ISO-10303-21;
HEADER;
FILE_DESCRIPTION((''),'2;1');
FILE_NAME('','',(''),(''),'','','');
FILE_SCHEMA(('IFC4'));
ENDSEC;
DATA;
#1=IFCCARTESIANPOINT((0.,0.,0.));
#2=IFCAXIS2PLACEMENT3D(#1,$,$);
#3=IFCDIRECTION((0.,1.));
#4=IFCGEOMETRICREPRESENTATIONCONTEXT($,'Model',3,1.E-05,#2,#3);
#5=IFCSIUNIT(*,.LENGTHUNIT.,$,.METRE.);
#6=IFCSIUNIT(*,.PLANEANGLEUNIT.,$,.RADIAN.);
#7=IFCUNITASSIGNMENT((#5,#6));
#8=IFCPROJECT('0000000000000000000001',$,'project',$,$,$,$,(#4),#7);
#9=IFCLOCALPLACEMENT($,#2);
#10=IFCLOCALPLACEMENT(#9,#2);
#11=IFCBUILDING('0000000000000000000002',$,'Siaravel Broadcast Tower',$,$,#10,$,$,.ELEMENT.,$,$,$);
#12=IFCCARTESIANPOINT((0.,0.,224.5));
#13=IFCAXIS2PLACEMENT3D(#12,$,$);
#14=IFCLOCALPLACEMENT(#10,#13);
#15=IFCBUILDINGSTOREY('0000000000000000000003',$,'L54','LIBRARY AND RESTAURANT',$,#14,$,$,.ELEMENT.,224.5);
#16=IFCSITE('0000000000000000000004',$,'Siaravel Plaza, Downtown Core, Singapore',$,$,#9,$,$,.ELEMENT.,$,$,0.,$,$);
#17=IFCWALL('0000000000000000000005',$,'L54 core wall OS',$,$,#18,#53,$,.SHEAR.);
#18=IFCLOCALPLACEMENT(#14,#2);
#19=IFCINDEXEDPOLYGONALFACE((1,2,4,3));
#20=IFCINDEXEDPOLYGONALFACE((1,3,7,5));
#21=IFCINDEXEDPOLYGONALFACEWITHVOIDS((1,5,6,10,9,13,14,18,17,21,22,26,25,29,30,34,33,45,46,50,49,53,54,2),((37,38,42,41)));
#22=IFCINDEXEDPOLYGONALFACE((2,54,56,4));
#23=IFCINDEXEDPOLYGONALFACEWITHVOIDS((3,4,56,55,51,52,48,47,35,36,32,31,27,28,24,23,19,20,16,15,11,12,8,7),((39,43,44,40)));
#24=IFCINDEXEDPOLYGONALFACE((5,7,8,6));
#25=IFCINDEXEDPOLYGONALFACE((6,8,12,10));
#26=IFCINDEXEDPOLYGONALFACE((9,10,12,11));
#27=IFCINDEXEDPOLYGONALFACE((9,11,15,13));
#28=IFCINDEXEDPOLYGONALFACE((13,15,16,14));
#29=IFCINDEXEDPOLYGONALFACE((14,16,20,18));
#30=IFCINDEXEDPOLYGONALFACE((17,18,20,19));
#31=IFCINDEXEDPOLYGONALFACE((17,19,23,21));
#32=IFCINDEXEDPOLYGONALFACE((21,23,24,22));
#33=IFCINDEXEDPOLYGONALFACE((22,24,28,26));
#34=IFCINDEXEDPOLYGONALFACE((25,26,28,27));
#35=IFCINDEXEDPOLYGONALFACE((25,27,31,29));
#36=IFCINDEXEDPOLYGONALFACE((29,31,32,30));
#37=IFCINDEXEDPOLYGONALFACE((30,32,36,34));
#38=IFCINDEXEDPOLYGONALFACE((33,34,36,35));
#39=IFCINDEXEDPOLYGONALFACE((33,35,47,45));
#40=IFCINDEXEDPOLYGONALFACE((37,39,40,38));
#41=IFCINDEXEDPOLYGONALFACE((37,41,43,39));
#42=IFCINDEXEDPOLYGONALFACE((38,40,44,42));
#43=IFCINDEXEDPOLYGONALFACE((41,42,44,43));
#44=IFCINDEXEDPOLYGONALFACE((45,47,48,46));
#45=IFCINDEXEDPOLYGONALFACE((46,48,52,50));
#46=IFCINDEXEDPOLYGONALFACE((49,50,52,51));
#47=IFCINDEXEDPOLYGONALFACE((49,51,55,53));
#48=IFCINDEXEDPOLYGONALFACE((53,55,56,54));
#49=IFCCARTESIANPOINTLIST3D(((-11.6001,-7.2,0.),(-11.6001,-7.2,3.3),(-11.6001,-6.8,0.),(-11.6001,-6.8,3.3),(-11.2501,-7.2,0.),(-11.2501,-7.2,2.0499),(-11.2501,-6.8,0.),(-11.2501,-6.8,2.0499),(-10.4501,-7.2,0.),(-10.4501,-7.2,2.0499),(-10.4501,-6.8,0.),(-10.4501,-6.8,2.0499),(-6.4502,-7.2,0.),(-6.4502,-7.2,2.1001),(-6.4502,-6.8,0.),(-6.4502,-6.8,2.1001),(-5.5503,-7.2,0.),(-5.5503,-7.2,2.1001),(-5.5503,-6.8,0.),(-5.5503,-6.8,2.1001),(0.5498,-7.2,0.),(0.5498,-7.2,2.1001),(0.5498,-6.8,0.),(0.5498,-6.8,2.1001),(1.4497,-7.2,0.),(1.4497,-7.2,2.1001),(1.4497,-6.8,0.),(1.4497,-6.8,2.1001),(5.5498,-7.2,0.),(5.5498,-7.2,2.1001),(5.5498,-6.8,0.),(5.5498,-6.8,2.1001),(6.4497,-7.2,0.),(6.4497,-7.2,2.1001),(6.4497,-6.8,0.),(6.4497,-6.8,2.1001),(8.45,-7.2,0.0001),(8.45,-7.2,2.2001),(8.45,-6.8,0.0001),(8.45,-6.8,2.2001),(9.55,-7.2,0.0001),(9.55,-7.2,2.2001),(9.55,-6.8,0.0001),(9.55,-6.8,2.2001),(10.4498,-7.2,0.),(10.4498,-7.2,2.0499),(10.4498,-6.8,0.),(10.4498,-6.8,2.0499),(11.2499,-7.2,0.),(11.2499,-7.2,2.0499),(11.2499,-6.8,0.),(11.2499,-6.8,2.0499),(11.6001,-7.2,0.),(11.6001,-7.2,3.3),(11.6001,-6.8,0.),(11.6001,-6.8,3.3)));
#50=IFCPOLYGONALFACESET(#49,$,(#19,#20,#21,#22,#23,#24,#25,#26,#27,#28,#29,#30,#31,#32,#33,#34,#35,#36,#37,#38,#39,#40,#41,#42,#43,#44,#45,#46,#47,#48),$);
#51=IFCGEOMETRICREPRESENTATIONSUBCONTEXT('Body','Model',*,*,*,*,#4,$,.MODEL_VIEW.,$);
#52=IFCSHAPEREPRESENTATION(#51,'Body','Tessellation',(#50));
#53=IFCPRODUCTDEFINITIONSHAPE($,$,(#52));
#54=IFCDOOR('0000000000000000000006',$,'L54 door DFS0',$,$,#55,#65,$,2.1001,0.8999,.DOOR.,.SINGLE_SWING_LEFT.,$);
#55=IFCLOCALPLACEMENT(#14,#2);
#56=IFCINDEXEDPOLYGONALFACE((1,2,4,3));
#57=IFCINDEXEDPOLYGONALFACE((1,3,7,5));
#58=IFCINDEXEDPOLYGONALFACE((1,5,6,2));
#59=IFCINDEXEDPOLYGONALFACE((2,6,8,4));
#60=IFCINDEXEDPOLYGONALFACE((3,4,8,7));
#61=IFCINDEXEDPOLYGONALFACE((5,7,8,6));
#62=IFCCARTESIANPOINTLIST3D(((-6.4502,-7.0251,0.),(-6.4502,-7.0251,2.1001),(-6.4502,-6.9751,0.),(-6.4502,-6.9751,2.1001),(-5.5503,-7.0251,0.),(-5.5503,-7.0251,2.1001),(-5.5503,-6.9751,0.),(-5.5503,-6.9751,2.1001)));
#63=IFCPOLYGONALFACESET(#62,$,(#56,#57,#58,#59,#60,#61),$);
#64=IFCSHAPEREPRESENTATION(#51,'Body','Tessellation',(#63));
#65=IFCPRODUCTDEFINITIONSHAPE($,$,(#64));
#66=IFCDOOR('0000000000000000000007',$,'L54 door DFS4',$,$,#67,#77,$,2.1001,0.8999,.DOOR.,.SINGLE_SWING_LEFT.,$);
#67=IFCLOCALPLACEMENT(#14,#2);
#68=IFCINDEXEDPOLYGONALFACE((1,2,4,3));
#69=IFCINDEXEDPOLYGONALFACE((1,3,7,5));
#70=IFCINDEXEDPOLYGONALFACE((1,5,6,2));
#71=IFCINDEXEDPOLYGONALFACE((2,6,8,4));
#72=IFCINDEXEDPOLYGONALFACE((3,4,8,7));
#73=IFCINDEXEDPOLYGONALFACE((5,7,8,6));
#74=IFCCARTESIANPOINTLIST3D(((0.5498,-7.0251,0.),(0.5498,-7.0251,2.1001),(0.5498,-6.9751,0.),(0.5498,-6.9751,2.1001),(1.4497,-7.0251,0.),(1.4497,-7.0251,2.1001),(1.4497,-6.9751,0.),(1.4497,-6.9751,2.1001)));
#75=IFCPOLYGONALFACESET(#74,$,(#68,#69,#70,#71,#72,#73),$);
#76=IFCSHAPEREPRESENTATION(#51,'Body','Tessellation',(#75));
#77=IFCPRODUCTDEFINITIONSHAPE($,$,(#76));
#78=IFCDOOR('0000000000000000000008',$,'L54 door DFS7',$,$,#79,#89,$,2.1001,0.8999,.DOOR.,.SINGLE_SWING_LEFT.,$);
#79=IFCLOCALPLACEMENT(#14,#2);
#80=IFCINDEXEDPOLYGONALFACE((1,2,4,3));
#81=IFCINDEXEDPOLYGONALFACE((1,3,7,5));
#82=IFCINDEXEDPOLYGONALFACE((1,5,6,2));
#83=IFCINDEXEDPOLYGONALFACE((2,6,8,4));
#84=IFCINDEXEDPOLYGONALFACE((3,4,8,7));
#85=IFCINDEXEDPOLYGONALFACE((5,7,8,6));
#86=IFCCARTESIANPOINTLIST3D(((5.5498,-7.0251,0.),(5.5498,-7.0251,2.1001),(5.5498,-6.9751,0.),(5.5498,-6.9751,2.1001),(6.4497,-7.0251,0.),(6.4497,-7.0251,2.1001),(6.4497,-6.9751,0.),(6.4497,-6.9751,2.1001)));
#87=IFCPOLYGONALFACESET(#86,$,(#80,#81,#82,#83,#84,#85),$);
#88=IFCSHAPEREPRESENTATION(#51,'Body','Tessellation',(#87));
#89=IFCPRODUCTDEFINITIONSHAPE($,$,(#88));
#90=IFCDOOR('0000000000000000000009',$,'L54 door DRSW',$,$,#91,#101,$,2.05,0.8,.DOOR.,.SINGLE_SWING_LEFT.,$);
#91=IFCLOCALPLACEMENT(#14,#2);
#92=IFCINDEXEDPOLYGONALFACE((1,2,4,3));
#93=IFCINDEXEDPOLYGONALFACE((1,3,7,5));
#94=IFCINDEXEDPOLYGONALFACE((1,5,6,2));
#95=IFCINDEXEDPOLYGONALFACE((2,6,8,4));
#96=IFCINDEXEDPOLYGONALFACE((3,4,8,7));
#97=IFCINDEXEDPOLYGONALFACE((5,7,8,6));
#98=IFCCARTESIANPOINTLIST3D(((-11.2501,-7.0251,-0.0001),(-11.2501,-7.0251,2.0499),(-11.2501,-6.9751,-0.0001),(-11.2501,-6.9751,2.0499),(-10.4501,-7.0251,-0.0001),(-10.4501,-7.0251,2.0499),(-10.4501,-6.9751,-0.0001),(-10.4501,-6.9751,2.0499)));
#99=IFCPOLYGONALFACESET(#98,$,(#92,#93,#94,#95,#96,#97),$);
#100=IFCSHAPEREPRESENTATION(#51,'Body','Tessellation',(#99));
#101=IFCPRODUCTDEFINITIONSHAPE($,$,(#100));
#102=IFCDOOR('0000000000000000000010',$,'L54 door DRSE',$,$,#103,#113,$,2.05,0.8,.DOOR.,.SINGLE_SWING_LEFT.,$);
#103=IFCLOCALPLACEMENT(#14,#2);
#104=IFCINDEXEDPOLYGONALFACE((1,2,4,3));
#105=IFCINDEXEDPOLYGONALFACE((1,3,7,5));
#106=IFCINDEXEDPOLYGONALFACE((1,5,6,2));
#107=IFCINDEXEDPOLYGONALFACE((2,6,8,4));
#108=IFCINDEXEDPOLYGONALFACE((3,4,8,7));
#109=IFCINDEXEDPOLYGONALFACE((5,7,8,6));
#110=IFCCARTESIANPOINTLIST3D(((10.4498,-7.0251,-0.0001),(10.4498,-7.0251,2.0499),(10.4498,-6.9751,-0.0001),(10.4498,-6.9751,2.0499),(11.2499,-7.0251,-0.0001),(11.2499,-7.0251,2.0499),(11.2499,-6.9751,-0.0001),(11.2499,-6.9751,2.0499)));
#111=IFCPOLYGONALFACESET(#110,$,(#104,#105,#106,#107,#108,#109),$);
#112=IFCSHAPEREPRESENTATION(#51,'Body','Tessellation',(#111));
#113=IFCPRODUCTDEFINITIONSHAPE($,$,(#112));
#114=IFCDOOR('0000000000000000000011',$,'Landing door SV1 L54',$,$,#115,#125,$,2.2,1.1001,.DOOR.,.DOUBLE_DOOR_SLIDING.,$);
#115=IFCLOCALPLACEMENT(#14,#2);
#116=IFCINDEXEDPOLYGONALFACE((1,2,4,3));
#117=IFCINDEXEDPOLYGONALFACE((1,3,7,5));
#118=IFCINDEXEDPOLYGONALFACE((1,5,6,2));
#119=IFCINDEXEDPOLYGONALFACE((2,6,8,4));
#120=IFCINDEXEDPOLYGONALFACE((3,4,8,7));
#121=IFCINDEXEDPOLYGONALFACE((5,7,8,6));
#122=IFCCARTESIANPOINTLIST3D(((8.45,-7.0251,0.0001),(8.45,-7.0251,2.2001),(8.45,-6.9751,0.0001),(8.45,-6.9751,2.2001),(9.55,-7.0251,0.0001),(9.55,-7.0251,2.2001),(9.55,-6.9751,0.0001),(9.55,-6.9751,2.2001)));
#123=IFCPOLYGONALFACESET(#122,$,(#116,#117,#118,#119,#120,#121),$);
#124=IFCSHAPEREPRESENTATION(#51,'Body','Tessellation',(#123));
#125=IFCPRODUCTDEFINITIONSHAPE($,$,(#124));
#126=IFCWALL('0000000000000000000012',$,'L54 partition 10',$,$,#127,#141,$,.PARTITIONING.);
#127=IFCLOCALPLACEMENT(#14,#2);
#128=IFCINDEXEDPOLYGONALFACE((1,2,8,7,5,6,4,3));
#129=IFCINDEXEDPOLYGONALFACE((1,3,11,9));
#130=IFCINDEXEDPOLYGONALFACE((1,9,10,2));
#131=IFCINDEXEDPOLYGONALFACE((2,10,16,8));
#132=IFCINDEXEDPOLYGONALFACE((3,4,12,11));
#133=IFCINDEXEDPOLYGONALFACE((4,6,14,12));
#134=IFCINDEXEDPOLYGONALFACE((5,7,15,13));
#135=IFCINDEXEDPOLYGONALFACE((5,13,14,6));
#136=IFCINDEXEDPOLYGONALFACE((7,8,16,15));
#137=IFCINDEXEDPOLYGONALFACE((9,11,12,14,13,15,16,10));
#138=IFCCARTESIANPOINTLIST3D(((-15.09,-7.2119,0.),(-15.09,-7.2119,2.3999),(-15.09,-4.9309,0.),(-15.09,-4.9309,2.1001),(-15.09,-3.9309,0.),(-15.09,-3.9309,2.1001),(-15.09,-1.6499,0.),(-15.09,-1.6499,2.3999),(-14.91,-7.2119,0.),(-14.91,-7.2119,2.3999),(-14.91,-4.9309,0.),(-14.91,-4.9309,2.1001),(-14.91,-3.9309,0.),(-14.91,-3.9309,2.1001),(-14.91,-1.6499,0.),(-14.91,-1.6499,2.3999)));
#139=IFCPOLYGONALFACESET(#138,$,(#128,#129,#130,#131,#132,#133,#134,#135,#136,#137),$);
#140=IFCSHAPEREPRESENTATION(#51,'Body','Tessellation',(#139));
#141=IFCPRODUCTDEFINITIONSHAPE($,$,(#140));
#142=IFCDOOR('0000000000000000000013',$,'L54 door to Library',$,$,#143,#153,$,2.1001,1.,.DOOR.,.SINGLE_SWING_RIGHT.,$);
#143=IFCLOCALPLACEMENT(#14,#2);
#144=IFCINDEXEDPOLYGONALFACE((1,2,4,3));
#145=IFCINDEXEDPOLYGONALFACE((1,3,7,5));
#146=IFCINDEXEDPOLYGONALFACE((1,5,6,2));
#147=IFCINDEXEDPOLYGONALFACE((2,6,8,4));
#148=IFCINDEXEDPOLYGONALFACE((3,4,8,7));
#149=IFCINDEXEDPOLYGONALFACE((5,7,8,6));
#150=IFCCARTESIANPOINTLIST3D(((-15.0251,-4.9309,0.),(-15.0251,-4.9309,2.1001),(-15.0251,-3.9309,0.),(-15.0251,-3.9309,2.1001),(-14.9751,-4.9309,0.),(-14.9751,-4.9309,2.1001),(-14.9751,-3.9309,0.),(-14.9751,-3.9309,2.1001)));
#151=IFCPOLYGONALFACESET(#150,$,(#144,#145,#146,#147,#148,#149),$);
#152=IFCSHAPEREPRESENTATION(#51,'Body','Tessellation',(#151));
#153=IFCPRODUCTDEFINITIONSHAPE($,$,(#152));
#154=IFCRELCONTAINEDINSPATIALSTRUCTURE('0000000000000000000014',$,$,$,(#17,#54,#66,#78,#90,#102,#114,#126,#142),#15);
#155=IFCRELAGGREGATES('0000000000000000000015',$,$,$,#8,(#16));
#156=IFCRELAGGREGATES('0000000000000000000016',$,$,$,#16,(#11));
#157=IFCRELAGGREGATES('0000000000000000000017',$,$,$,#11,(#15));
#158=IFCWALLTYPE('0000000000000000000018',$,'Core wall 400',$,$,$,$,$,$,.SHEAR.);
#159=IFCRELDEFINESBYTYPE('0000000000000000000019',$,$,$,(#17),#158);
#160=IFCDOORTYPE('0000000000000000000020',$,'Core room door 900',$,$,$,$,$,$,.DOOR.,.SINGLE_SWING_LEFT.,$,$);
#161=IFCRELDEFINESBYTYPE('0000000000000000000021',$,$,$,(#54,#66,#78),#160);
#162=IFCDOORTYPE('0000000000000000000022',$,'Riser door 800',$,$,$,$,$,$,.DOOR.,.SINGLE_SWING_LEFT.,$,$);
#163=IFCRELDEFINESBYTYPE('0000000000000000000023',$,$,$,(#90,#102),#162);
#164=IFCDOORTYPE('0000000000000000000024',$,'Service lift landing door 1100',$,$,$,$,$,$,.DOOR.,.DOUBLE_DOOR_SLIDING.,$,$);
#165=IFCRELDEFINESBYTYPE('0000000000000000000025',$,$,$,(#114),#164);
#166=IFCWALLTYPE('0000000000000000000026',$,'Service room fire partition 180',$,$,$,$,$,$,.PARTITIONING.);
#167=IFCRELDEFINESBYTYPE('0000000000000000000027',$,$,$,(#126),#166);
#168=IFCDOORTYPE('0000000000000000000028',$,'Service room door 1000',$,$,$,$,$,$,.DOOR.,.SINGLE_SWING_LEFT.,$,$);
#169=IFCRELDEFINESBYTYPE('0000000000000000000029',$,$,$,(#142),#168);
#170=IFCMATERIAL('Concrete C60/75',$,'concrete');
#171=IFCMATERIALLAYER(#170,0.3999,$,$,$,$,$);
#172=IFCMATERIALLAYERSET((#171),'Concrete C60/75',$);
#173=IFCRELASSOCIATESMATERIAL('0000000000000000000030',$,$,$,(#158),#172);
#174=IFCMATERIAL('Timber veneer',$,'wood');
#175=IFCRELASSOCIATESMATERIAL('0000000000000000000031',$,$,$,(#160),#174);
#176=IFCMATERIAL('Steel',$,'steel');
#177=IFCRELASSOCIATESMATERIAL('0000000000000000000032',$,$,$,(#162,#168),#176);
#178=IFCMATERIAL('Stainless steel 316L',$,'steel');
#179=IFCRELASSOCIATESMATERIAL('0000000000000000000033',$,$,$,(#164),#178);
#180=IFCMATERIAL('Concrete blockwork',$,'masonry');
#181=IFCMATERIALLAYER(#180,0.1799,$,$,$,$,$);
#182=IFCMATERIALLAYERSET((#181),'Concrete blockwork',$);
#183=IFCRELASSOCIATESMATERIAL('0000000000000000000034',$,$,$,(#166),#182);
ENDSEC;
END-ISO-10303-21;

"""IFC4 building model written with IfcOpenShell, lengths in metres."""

from ifc_helpers import new_model, si_unit, direction, frame, frame_2d, origin, place, context, subcontext, project, spatial, rectangle, extrude, material, layer, layer_set, type_object, element, fill, save


model = new_model("IFC4")

# Units and contexts
model_context = context("Model", 3, precision=1e-05, world=origin(), true_north=direction((0.0, 1.0)))
body_context = subcontext(model_context, "Body", "Model", "MODEL_VIEW")
ifc_project = project(units=[si_unit("LENGTHUNIT", "METRE"), si_unit("PLANEANGLEUNIT", "RADIAN")], contexts=[model_context])

# Site, building, storey
site_placement = place(None, origin())
site = spatial("IfcSite", under=ifc_project, at=site_placement, Name="Siaravel Plaza, Downtown Core, Singapore", CompositionType="ELEMENT", RefElevation=0.0)
building_placement = place(site_placement, origin())
building = spatial("IfcBuilding", under=site, at=building_placement, Name="Siaravel Broadcast Tower", CompositionType="ELEMENT")
storey_placement = place(building_placement, frame((0.0, 0.0, 224.5)))
storey = spatial("IfcBuildingStorey", under=building, at=storey_placement, Name="L54", Description="LIBRARY AND RESTAURANT", CompositionType="ELEMENT", Elevation=224.5)

# Shared definitions
ifc_material_1 = material(Name="Concrete C60/75", Category="concrete")
ifc_layer_1 = layer(ifc_material_1, 0.3999)
ifc_layer_set_1 = layer_set([ifc_layer_1], Name="Concrete C60/75")
wall_type_1 = type_object("IfcWallType", Name="Core wall 400", PredefinedType="SHEAR", material=ifc_layer_set_1)
ifc_material_2 = material(Name="Steel", Category="steel")

# Wall, openings, doors
wall_1_placement = place(storey_placement, frame((-11.6001, -7.0, 0.0), z_axis=(0.0, 0.0, 1.0), x_axis=(1.0, 0.0, 0.0)))
wall_1 = element("IfcWall", 1, at=wall_1_placement, inside=storey, type_object=wall_type_1, Name="L54 core wall OS", PredefinedType="SHEAR", context=body_context, shape_type="SweptSolid", body=[
    extrude(rectangle(XDim=23.2002, YDim=0.3999, at=frame_2d((11.6001, 0.0))), origin(), (0.0, 0.0, 1.0), 3.3),
])
opening_1_placement = place(wall_1_placement, frame((20.05, 0.0, 0.0)))
opening_1 = element("IfcOpeningElement", 2, at=opening_1_placement, cuts=wall_1, PredefinedType="OPENING", context=body_context, shape_type="SweptSolid", body=[
    extrude(rectangle(XDim=1.1001, YDim=2.2, at=frame_2d((0.55, 1.1001))), frame((0.0, 0.21, 0.0), z_axis=(0.0, -1.0, 0.0), x_axis=(1.0, 0.0, 0.0)), (0.0, 0.0, 1.0), 0.4199),
])
opening_2_placement = place(wall_1_placement, frame((5.1499, 0.0, 0.0)))
opening_2 = element("IfcOpeningElement", 3, at=opening_2_placement, cuts=wall_1, PredefinedType="OPENING", context=body_context, shape_type="SweptSolid", body=[
    extrude(rectangle(XDim=0.8999, YDim=2.1001, at=frame_2d((0.45, 1.05))), frame((0.0, 0.21, 0.0), z_axis=(0.0, -1.0, 0.0), x_axis=(1.0, 0.0, 0.0)), (0.0, 0.0, 1.0), 0.4199),
])
opening_3_placement = place(wall_1_placement, frame((12.1499, 0.0, 0.0)))
opening_3 = element("IfcOpeningElement", 4, at=opening_3_placement, cuts=wall_1, PredefinedType="OPENING", context=body_context, shape_type="SweptSolid", body=[
    extrude(rectangle(XDim=0.8999, YDim=2.1001, at=frame_2d((0.45, 1.05))), frame((0.0, 0.21, 0.0), z_axis=(0.0, -1.0, 0.0), x_axis=(1.0, 0.0, 0.0)), (0.0, 0.0, 1.0), 0.4199),
])
opening_4_placement = place(wall_1_placement, frame((17.1499, 0.0, 0.0)))
opening_4 = element("IfcOpeningElement", 5, at=opening_4_placement, cuts=wall_1, PredefinedType="OPENING", context=body_context, shape_type="SweptSolid", body=[
    extrude(rectangle(XDim=0.8999, YDim=2.1001, at=frame_2d((0.45, 1.05))), frame((0.0, 0.21, 0.0), z_axis=(0.0, -1.0, 0.0), x_axis=(1.0, 0.0, 0.0)), (0.0, 0.0, 1.0), 0.4199),
])
opening_5_placement = place(wall_1_placement, frame((0.3501, 0.0, 0.0)))
opening_5 = element("IfcOpeningElement", 6, at=opening_5_placement, cuts=wall_1, PredefinedType="OPENING", context=body_context, shape_type="SweptSolid", body=[
    extrude(rectangle(XDim=0.8, YDim=2.05, at=frame_2d((0.3999, 1.0249))), frame((0.0, 0.21, 0.0), z_axis=(0.0, -1.0, 0.0), x_axis=(1.0, 0.0, 0.0)), (0.0, 0.0, 1.0), 0.4199),
])
opening_6_placement = place(wall_1_placement, frame((22.05, 0.0, 0.0)))
opening_6 = element("IfcOpeningElement", 7, at=opening_6_placement, cuts=wall_1, PredefinedType="OPENING", context=body_context, shape_type="SweptSolid", body=[
    extrude(rectangle(XDim=0.8, YDim=2.05, at=frame_2d((0.3999, 1.0249))), frame((0.0, 0.21, 0.0), z_axis=(0.0, -1.0, 0.0), x_axis=(1.0, 0.0, 0.0)), (0.0, 0.0, 1.0), 0.4199),
])
ifc_material_3 = material(Name="Timber veneer", Category="wood")
door_type_1 = type_object("IfcDoorType", Name="Core room door 900", OperationType="SINGLE_SWING_LEFT", PredefinedType="DOOR", material=ifc_material_3)
door_1_placement = place(opening_2_placement, origin())
door_1 = element("IfcDoor", 8, at=door_1_placement, inside=storey, type_object=door_type_1, Name="L54 door DFS0", OperationType="SINGLE_SWING_LEFT", OverallHeight=2.1001, OverallWidth=0.8999, PredefinedType="DOOR", context=body_context, shape_type="SweptSolid", body=[
    extrude(rectangle(XDim=0.8999, YDim=2.1001, at=frame_2d((0.45, 1.05))), frame((0.0, 0.0249, 0.0), z_axis=(0.0, -1.0, 0.0), x_axis=(1.0, 0.0, 0.0)), (0.0, 0.0, 1.0), 0.05),
])
fill(opening_2, door_1)
door_2_placement = place(opening_3_placement, origin())
door_2 = element("IfcDoor", 9, at=door_2_placement, inside=storey, type_object=door_type_1, Name="L54 door DFS4", OperationType="SINGLE_SWING_LEFT", OverallHeight=2.1001, OverallWidth=0.8999, PredefinedType="DOOR", context=body_context, shape_type="SweptSolid", body=[
    extrude(rectangle(XDim=0.8999, YDim=2.1001, at=frame_2d((0.45, 1.05))), frame((0.0, 0.0249, 0.0), z_axis=(0.0, -1.0, 0.0), x_axis=(1.0, 0.0, 0.0)), (0.0, 0.0, 1.0), 0.05),
])
fill(opening_3, door_2)
door_3_placement = place(opening_4_placement, origin())
door_3 = element("IfcDoor", 10, at=door_3_placement, inside=storey, type_object=door_type_1, Name="L54 door DFS7", OperationType="SINGLE_SWING_LEFT", OverallHeight=2.1001, OverallWidth=0.8999, PredefinedType="DOOR", context=body_context, shape_type="SweptSolid", body=[
    extrude(rectangle(XDim=0.8999, YDim=2.1001, at=frame_2d((0.45, 1.05))), frame((0.0, 0.0249, 0.0), z_axis=(0.0, -1.0, 0.0), x_axis=(1.0, 0.0, 0.0)), (0.0, 0.0, 1.0), 0.05),
])
fill(opening_4, door_3)
door_type_2 = type_object("IfcDoorType", Name="Riser door 800", OperationType="SINGLE_SWING_LEFT", PredefinedType="DOOR", material=ifc_material_2)
door_4_placement = place(opening_5_placement, origin())
door_4 = element("IfcDoor", 11, at=door_4_placement, inside=storey, type_object=door_type_2, Name="L54 door DRSW", OperationType="SINGLE_SWING_LEFT", OverallHeight=2.05, OverallWidth=0.8, PredefinedType="DOOR", context=body_context, shape_type="SweptSolid", body=[
    extrude(rectangle(XDim=0.8, YDim=2.05, at=frame_2d((0.3999, 1.0249))), frame((0.0, 0.0249, 0.0), z_axis=(0.0, -1.0, 0.0), x_axis=(1.0, 0.0, 0.0)), (0.0, 0.0, 1.0), 0.05),
])
fill(opening_5, door_4)
door_5_placement = place(opening_6_placement, origin())
door_5 = element("IfcDoor", 12, at=door_5_placement, inside=storey, type_object=door_type_2, Name="L54 door DRSE", OperationType="SINGLE_SWING_LEFT", OverallHeight=2.05, OverallWidth=0.8, PredefinedType="DOOR", context=body_context, shape_type="SweptSolid", body=[
    extrude(rectangle(XDim=0.8, YDim=2.05, at=frame_2d((0.3999, 1.0249))), frame((0.0, 0.0249, 0.0), z_axis=(0.0, -1.0, 0.0), x_axis=(1.0, 0.0, 0.0)), (0.0, 0.0, 1.0), 0.05),
])
fill(opening_6, door_5)
ifc_material_4 = material(Name="Stainless steel 316L", Category="steel")
door_type_3 = type_object("IfcDoorType", Name="Service lift landing door 1100", OperationType="DOUBLE_DOOR_SLIDING", PredefinedType="DOOR", material=ifc_material_4)
door_6_placement = place(opening_1_placement, origin())
door_6 = element("IfcDoor", 13, at=door_6_placement, inside=storey, type_object=door_type_3, Name="Landing door SV1 L54", OperationType="DOUBLE_DOOR_SLIDING", OverallHeight=2.2, OverallWidth=1.1001, PredefinedType="DOOR", context=body_context, shape_type="SweptSolid", body=[
    extrude(rectangle(XDim=1.1001, YDim=2.2, at=frame_2d((0.55, 1.1001))), frame((0.0, 0.0249, 0.0), z_axis=(0.0, -1.0, 0.0), x_axis=(1.0, 0.0, 0.0)), (0.0, 0.0, 1.0), 0.05),
])
fill(opening_1, door_6)

# Wall, opening, door
ifc_material_5 = material(Name="Concrete blockwork", Category="masonry")
ifc_layer_2 = layer(ifc_material_5, 0.1799)
ifc_layer_set_2 = layer_set([ifc_layer_2], Name="Concrete blockwork")
wall_type_2 = type_object("IfcWallType", Name="Service room fire partition 180", PredefinedType="PARTITIONING", material=ifc_layer_set_2)
wall_2_placement = place(storey_placement, frame((-15.0, -1.6499, 0.0), z_axis=(0.0, 0.0, 1.0), x_axis=(0.0, -1.0, 0.0)))
wall_2 = element("IfcWall", 14, at=wall_2_placement, inside=storey, type_object=wall_type_2, Name="L54 partition 10", PredefinedType="PARTITIONING", context=body_context, shape_type="SweptSolid", body=[
    extrude(rectangle(XDim=5.562, YDim=0.1799, at=frame_2d((2.781, 0.0))), origin(), (0.0, 0.0, 1.0), 2.3999),
])
opening_7_placement = place(wall_2_placement, frame((2.281, 0.0, 0.0)))
opening_7 = element("IfcOpeningElement", 15, at=opening_7_placement, cuts=wall_2, PredefinedType="OPENING", context=body_context, shape_type="SweptSolid", body=[
    extrude(rectangle(XDim=1.0, YDim=2.1001, at=frame_2d((0.5, 1.05))), frame((0.0, 0.0999, 0.0), z_axis=(0.0, -1.0, 0.0), x_axis=(1.0, 0.0, 0.0)), (0.0, 0.0, 1.0), 0.2),
])
door_type_4 = type_object("IfcDoorType", Name="Service room door 1000", OperationType="SINGLE_SWING_LEFT", PredefinedType="DOOR", material=ifc_material_2)
door_7_placement = place(opening_7_placement, origin())
door_7 = element("IfcDoor", 16, at=door_7_placement, inside=storey, type_object=door_type_4, Name="L54 door to Library", OperationType="SINGLE_SWING_RIGHT", OverallHeight=2.1001, OverallWidth=1.0, PredefinedType="DOOR", context=body_context, shape_type="SweptSolid", body=[
    extrude(rectangle(XDim=1.0, YDim=2.1001, at=frame_2d((0.5, 1.05))), frame((0.0, 0.0249, 0.0), z_axis=(0.0, -1.0, 0.0), x_axis=(1.0, 0.0, 0.0)), (0.0, 0.0, 1.0), 0.05),
])
fill(opening_7, door_7)

save(model, "model.ifc")
